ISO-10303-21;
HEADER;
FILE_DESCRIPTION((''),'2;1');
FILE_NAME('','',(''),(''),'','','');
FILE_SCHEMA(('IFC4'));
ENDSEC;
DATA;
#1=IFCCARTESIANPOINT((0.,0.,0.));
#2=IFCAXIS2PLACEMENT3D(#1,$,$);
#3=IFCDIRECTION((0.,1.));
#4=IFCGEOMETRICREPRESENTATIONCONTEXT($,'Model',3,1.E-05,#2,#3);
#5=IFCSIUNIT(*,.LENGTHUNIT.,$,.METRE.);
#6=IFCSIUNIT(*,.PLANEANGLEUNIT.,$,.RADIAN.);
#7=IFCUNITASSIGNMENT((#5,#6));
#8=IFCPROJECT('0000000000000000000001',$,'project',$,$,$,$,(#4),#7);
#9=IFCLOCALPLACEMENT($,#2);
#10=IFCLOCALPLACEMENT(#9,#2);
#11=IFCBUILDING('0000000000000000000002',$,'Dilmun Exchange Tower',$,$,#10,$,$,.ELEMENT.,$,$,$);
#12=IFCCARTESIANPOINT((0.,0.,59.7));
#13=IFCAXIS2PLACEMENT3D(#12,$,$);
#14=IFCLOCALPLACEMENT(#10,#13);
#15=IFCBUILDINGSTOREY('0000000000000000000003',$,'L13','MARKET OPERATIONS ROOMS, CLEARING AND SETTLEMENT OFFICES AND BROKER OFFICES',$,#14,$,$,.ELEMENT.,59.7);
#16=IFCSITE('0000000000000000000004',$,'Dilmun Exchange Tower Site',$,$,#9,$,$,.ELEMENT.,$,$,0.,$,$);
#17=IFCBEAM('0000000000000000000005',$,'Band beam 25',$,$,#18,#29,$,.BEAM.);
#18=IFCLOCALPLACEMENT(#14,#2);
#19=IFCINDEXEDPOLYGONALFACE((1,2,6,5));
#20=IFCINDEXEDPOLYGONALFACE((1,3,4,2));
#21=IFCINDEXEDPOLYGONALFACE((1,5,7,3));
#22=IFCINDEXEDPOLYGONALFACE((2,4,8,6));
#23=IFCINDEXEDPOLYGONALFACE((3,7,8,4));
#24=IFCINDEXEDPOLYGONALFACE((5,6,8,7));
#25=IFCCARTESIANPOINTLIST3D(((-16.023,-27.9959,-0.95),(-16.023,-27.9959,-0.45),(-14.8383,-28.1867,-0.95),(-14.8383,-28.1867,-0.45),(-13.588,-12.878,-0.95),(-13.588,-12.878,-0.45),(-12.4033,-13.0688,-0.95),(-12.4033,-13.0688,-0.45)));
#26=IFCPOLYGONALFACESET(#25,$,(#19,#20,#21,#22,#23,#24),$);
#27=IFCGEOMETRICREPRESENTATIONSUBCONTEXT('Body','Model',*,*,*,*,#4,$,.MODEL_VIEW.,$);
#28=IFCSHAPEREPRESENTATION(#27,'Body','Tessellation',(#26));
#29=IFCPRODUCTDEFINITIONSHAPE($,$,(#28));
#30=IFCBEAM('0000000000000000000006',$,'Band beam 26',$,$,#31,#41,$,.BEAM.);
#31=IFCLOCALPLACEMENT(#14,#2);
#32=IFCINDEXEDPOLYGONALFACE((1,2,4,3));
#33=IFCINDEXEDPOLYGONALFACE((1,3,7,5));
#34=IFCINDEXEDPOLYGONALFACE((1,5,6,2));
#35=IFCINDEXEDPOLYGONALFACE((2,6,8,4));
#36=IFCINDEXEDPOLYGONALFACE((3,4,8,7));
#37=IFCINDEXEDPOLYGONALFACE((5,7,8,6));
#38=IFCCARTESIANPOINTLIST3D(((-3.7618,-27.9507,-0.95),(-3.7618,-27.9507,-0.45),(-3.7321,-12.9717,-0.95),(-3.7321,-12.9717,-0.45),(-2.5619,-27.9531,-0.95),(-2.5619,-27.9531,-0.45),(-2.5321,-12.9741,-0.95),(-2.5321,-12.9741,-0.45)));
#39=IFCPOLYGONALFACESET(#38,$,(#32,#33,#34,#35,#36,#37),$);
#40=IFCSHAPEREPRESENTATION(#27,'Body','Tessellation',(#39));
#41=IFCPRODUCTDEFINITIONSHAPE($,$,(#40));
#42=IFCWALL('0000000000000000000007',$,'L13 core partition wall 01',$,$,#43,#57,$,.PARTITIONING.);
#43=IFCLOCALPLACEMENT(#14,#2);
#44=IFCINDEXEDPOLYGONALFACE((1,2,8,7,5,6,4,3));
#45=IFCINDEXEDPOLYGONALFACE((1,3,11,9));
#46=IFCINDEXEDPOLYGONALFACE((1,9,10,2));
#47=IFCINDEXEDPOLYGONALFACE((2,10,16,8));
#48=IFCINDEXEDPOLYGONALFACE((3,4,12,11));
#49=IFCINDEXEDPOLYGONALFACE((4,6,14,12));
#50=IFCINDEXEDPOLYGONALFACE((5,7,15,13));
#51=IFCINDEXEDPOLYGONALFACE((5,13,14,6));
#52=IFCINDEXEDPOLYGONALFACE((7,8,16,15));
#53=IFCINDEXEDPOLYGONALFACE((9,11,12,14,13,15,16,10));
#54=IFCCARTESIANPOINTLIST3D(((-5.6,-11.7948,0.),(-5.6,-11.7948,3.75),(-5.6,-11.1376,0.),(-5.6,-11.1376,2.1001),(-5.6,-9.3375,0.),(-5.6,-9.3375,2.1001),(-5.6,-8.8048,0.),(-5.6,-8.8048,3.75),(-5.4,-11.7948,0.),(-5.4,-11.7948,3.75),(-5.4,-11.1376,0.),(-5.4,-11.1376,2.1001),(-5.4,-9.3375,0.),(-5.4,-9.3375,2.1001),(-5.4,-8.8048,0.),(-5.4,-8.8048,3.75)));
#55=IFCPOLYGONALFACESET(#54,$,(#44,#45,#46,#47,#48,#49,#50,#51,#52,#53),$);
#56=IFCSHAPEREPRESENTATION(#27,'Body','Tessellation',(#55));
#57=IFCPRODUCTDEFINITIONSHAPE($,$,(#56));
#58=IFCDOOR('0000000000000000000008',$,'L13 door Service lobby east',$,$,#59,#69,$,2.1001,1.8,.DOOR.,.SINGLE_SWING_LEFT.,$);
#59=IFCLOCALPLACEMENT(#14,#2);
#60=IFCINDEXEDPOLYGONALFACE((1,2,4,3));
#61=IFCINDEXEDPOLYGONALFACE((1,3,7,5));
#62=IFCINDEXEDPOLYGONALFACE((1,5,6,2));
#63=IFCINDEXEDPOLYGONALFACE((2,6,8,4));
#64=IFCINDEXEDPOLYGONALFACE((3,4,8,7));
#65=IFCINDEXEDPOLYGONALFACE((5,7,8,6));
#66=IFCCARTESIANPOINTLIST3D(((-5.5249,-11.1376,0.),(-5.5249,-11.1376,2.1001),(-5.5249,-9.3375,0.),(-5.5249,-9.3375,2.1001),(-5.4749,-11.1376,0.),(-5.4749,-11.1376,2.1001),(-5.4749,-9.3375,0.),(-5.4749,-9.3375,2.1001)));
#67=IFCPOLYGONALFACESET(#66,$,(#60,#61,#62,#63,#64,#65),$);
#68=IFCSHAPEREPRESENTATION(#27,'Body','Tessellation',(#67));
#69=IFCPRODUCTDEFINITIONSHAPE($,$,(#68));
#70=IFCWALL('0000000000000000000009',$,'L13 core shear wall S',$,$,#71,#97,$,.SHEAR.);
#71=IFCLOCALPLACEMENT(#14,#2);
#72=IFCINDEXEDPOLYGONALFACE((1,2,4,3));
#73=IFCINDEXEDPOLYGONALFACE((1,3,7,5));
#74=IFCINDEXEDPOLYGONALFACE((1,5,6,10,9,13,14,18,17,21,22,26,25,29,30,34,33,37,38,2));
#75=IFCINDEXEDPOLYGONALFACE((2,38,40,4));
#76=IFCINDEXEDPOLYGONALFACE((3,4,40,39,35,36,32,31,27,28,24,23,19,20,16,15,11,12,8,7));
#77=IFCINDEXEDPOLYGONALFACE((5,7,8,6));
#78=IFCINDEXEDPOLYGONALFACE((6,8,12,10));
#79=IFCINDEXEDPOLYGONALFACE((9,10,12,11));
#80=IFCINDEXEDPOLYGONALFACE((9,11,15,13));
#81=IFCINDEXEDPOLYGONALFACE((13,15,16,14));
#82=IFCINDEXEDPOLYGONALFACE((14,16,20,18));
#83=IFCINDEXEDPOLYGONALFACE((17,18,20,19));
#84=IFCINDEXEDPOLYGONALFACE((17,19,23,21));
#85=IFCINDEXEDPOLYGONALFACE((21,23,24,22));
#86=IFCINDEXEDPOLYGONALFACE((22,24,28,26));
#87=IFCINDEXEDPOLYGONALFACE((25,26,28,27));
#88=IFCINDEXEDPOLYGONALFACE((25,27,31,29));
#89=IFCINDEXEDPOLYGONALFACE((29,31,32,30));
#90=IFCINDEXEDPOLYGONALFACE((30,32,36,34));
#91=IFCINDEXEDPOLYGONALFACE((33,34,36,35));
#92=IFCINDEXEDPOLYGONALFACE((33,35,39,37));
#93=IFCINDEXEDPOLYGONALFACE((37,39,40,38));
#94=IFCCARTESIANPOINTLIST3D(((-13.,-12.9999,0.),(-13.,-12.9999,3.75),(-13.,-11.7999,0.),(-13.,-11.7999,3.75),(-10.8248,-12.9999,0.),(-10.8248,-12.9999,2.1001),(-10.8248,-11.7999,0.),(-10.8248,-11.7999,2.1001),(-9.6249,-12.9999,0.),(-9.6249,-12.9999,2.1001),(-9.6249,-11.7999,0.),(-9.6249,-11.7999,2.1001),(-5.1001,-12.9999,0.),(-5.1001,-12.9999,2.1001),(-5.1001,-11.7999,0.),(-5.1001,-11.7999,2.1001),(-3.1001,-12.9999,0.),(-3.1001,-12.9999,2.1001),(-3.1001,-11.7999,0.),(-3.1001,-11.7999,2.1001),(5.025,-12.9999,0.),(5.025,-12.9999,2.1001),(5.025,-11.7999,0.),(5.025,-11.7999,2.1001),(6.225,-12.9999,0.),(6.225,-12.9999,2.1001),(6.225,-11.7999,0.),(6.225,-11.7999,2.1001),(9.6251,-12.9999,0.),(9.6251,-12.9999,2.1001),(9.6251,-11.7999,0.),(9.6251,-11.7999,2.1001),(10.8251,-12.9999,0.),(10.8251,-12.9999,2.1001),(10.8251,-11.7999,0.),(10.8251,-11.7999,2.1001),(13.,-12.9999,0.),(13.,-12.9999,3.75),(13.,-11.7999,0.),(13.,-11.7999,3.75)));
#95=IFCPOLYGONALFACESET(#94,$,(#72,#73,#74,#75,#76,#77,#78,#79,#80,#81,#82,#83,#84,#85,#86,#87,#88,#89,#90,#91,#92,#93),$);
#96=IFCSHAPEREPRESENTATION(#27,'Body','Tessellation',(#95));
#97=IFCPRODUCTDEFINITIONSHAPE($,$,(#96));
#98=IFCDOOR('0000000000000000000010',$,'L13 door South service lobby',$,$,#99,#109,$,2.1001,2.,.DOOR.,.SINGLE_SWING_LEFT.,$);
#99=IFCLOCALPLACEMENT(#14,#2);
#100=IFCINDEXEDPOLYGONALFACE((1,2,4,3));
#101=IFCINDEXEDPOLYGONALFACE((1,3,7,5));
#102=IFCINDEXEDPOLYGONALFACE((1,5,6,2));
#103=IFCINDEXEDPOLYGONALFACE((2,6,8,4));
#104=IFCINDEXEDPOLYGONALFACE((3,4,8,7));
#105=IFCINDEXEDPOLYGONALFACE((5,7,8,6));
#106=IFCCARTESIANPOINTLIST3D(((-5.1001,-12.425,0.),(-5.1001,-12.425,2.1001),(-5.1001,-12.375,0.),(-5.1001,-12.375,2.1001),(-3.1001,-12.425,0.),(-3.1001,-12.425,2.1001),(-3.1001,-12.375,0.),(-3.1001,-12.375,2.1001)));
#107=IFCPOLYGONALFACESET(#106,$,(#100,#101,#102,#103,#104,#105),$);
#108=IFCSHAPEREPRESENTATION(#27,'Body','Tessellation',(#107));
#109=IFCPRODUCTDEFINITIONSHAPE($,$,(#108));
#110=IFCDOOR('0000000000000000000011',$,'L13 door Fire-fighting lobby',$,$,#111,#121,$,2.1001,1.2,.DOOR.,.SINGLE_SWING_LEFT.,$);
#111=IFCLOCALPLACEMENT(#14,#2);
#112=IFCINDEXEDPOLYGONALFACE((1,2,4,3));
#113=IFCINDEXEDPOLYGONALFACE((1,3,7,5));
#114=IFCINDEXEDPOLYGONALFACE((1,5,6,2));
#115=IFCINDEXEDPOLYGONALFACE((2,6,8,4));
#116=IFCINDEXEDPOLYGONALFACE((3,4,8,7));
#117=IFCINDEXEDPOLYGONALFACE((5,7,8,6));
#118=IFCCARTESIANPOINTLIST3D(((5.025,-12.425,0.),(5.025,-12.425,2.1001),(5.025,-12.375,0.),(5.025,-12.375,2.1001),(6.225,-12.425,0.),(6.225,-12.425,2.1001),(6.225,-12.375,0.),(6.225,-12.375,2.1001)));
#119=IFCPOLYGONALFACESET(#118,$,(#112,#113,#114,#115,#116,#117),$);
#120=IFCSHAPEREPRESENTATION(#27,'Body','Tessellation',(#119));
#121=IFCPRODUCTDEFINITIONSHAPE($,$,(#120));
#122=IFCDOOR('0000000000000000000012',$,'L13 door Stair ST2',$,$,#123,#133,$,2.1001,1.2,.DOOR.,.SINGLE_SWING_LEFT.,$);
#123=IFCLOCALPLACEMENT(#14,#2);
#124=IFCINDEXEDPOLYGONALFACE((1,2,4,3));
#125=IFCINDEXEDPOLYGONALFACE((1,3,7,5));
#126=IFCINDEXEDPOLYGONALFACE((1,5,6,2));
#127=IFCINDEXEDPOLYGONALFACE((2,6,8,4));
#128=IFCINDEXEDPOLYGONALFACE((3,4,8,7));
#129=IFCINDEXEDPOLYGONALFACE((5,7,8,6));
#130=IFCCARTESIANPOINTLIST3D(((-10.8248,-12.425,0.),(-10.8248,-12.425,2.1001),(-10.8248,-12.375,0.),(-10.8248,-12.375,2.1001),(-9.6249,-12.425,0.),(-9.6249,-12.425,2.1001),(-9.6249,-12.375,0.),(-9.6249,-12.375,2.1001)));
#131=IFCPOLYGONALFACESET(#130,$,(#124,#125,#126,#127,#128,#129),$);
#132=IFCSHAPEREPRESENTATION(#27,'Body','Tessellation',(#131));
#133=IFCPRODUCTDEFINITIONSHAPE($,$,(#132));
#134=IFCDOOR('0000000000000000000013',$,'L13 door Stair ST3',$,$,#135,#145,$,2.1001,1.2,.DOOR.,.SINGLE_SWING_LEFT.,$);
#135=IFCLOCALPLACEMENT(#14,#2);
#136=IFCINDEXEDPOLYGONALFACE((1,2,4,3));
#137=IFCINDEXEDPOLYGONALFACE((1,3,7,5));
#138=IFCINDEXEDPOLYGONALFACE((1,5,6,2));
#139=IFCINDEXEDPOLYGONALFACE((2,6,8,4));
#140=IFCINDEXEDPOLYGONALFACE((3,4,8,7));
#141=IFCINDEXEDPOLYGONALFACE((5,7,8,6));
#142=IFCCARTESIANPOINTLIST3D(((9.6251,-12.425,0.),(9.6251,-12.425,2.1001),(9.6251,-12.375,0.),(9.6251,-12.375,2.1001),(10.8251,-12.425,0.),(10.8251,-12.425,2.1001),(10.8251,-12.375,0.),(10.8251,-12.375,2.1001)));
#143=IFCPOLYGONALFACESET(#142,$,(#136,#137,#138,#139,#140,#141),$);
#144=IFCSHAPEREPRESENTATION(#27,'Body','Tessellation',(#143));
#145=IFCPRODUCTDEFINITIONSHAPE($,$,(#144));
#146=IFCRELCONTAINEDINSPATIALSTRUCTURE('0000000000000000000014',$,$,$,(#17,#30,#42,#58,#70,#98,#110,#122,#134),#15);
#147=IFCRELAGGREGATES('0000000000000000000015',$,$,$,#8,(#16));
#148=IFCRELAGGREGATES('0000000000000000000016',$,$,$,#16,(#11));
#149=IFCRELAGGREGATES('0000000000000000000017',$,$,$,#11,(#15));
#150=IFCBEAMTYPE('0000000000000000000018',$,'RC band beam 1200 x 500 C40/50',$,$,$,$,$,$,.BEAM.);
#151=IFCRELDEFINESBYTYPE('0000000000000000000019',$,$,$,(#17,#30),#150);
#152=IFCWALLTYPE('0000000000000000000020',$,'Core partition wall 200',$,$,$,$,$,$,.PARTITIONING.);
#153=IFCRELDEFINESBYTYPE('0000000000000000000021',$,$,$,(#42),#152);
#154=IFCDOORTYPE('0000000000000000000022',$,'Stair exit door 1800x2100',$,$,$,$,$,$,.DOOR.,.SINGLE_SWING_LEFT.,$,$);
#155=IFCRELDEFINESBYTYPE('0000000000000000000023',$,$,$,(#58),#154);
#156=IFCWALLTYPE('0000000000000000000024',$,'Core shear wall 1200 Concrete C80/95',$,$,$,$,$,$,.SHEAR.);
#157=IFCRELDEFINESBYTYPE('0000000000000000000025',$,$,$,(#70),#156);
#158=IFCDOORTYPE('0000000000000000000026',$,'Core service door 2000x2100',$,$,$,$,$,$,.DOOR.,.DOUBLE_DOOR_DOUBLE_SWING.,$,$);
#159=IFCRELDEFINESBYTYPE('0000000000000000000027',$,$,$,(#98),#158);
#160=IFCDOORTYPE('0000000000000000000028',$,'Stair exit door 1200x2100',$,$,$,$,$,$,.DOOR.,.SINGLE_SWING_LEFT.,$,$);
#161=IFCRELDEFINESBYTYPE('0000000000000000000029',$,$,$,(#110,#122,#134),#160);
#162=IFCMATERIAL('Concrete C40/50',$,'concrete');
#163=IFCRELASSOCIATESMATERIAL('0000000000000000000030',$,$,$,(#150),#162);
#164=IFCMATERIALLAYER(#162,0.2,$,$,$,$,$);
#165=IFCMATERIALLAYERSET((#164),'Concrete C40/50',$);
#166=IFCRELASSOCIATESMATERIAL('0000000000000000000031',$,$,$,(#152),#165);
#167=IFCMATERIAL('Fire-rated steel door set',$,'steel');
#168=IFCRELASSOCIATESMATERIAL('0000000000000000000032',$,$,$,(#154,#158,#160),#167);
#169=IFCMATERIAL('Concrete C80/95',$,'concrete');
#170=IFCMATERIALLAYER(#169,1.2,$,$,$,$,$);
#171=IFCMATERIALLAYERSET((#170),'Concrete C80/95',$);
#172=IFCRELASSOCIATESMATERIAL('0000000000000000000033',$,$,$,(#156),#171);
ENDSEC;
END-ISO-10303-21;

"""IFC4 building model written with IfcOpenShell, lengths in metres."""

from ifc_helpers import new_model, si_unit, direction, frame, frame_2d, origin, origin_2d, place, context, subcontext, project, spatial, rectangle, extrude, material, layer, layer_set, material_profile, profile_set, type_object, element, fill, save


model = new_model("IFC4")

# Units and contexts
model_context = context("Model", 3, precision=1e-05, world=origin(), true_north=direction((0.0, 1.0)))
body_context = subcontext(model_context, "Body", "Model", "MODEL_VIEW")
ifc_project = project(units=[si_unit("LENGTHUNIT", "METRE"), si_unit("PLANEANGLEUNIT", "RADIAN")], contexts=[model_context])

# Site, building, storey
site_placement = place(None, origin())
site = spatial("IfcSite", under=ifc_project, at=site_placement, Name="Dilmun Exchange Tower Site", CompositionType="ELEMENT", RefElevation=0.0)
building_placement = place(site_placement, origin())
building = spatial("IfcBuilding", under=site, at=building_placement, Name="Dilmun Exchange Tower", CompositionType="ELEMENT")
storey_placement = place(building_placement, frame((0.0, 0.0, 59.7)))
storey = spatial("IfcBuildingStorey", under=building, at=storey_placement, Name="L13", Description="MARKET OPERATIONS ROOMS, CLEARING AND SETTLEMENT OFFICES AND BROKER OFFICES", CompositionType="ELEMENT", Elevation=59.7)

# Beams
ifc_material_1 = material(Name="Concrete C40/50", Category="concrete")
ifc_material_profile = material_profile(ifc_material_1, rectangle(XDim=1.2, YDim=0.5, at=origin_2d()), Name="1200 x 500")
ifc_profile_set = profile_set([ifc_material_profile], Name="Concrete C40/50")
beam_type = type_object("IfcBeamType", Name="RC band beam 1200 x 500 C40/50", PredefinedType="BEAM", material=ifc_profile_set)
beam_1_placement = place(storey_placement, frame((-15.4307, -28.0913, -0.7), z_axis=(0.159021, 0.987275, 0.0), x_axis=(-0.987275, 0.159021, 0.0)))
element("IfcBeam", 1, at=beam_1_placement, inside=storey, type_object=beam_type, Name="Band beam 25", PredefinedType="BEAM", context=body_context, shape_type="SweptSolid", body=[
    extrude(rectangle(XDim=1.2, YDim=0.5, at=origin_2d()), origin(), (0.0, 0.0, 1.0), 15.3127),
])
beam_2_placement = place(storey_placement, frame((-3.1619, -27.9519, -0.7), z_axis=(0.001988, 0.999998, 0.0), x_axis=(-0.999998, 0.001988, 0.0)))
element("IfcBeam", 2, at=beam_2_placement, inside=storey, type_object=beam_type, Name="Band beam 26", PredefinedType="BEAM", context=body_context, shape_type="SweptSolid", body=[
    extrude(rectangle(XDim=1.2, YDim=0.5, at=origin_2d()), origin(), (0.0, 0.0, 1.0), 14.979),
])

# Wall, opening, door
ifc_layer_1 = layer(ifc_material_1, 0.2)
ifc_layer_set_1 = layer_set([ifc_layer_1], Name="Concrete C40/50")
wall_type_1 = type_object("IfcWallType", Name="Core partition wall 200", PredefinedType="PARTITIONING", material=ifc_layer_set_1)
wall_1_placement = place(storey_placement, frame((-5.5, -11.7949, 0.0), z_axis=(0.0, 0.0, 1.0), x_axis=(0.0, 1.0, 0.0)))
wall_1 = element("IfcWall", 3, at=wall_1_placement, inside=storey, type_object=wall_type_1, Name="L13 core partition wall 01", PredefinedType="PARTITIONING", context=body_context, shape_type="SweptSolid", body=[
    extrude(rectangle(XDim=2.99, YDim=0.2, at=frame_2d((1.4951, 0.0))), origin(), (0.0, 0.0, 1.0), 3.75),
])
opening_1_placement = place(wall_1_placement, frame((0.6575, 0.0, 0.0)))
opening_1 = element("IfcOpeningElement", 4, at=opening_1_placement, cuts=wall_1, PredefinedType="OPENING", context=body_context, shape_type="SweptSolid", body=[
    extrude(rectangle(XDim=1.8, YDim=2.1001, at=frame_2d((0.8999, 1.05))), frame((0.0, 0.1099, 0.0), z_axis=(0.0, -1.0, 0.0), x_axis=(1.0, 0.0, 0.0)), (0.0, 0.0, 1.0), 0.22),
])
ifc_material_2 = material(Name="Fire-rated steel door set", Category="steel")
door_type_1 = type_object("IfcDoorType", Name="Stair exit door 1800x2100", OperationType="SINGLE_SWING_LEFT", PredefinedType="DOOR", material=ifc_material_2)
door_1_placement = place(opening_1_placement, origin())
door_1 = element("IfcDoor", 5, at=door_1_placement, inside=storey, type_object=door_type_1, Name="L13 door Service lobby east", OperationType="SINGLE_SWING_LEFT", OverallHeight=2.1001, OverallWidth=1.8, PredefinedType="DOOR", context=body_context, shape_type="SweptSolid", body=[
    extrude(rectangle(XDim=1.8, YDim=2.1001, at=frame_2d((0.8999, 1.05))), frame((0.0, 0.0249, 0.0), z_axis=(0.0, -1.0, 0.0), x_axis=(1.0, 0.0, 0.0)), (0.0, 0.0, 1.0), 0.05),
])
fill(opening_1, door_1)

# Wall, openings, doors
ifc_material_3 = material(Name="Concrete C80/95", Category="concrete")
ifc_layer_2 = layer(ifc_material_3, 1.2)
ifc_layer_set_2 = layer_set([ifc_layer_2], Name="Concrete C80/95")
wall_type_2 = type_object("IfcWallType", Name="Core shear wall 1200 Concrete C80/95", PredefinedType="SHEAR", material=ifc_layer_set_2)
wall_2_placement = place(storey_placement, frame((-13.0, -12.3999, 0.0), z_axis=(0.0, 0.0, 1.0), x_axis=(1.0, 0.0, 0.0)))
wall_2 = element("IfcWall", 6, at=wall_2_placement, inside=storey, type_object=wall_type_2, Name="L13 core shear wall S", PredefinedType="SHEAR", context=body_context, shape_type="SweptSolid", body=[
    extrude(rectangle(XDim=26.0, YDim=1.2, at=frame_2d((13.0, 0.0))), origin(), (0.0, 0.0, 1.0), 3.75),
])
opening_2_placement = place(wall_2_placement, frame((7.8999, 0.0, 0.0)))
opening_2 = element("IfcOpeningElement", 7, at=opening_2_placement, cuts=wall_2, PredefinedType="OPENING", context=body_context, shape_type="SweptSolid", body=[
    extrude(rectangle(XDim=2.0, YDim=2.1001, at=frame_2d((1.0, 1.05))), frame((0.0, 0.6099, 0.0), z_axis=(0.0, -1.0, 0.0), x_axis=(1.0, 0.0, 0.0)), (0.0, 0.0, 1.0), 1.22),
])
opening_3_placement = place(wall_2_placement, frame((18.0249, 0.0, 0.0)))
opening_3 = element("IfcOpeningElement", 8, at=opening_3_placement, cuts=wall_2, PredefinedType="OPENING", context=body_context, shape_type="SweptSolid", body=[
    extrude(rectangle(XDim=1.2, YDim=2.1001, at=frame_2d((0.6001, 1.05))), frame((0.0, 0.6099, 0.0), z_axis=(0.0, -1.0, 0.0), x_axis=(1.0, 0.0, 0.0)), (0.0, 0.0, 1.0), 1.22),
])
opening_4_placement = place(wall_2_placement, frame((2.175, 0.0, 0.0)))
opening_4 = element("IfcOpeningElement", 9, at=opening_4_placement, cuts=wall_2, PredefinedType="OPENING", context=body_context, shape_type="SweptSolid", body=[
    extrude(rectangle(XDim=1.2, YDim=2.1001, at=frame_2d((0.6001, 1.05))), frame((0.0, 0.6099, 0.0), z_axis=(0.0, -1.0, 0.0), x_axis=(1.0, 0.0, 0.0)), (0.0, 0.0, 1.0), 1.22),
])
opening_5_placement = place(wall_2_placement, frame((22.625, 0.0, 0.0)))
opening_5 = element("IfcOpeningElement", 10, at=opening_5_placement, cuts=wall_2, PredefinedType="OPENING", context=body_context, shape_type="SweptSolid", body=[
    extrude(rectangle(XDim=1.2, YDim=2.1001, at=frame_2d((0.6001, 1.05))), frame((0.0, 0.6099, 0.0), z_axis=(0.0, -1.0, 0.0), x_axis=(1.0, 0.0, 0.0)), (0.0, 0.0, 1.0), 1.22),
])
door_type_2 = type_object("IfcDoorType", Name="Core service door 2000x2100", OperationType="DOUBLE_DOOR_DOUBLE_SWING", PredefinedType="DOOR", material=ifc_material_2)
door_2_placement = place(opening_2_placement, origin())
door_2 = element("IfcDoor", 11, at=door_2_placement, inside=storey, type_object=door_type_2, Name="L13 door South service lobby", OperationType="SINGLE_SWING_LEFT", OverallHeight=2.1001, OverallWidth=2.0, PredefinedType="DOOR", context=body_context, shape_type="SweptSolid", body=[
    extrude(rectangle(XDim=2.0, YDim=2.1001, at=frame_2d((1.0, 1.05))), frame((0.0, 0.0249, 0.0), z_axis=(0.0, -1.0, 0.0), x_axis=(1.0, 0.0, 0.0)), (0.0, 0.0, 1.0), 0.05),
])
fill(opening_2, door_2)
door_type_3 = type_object("IfcDoorType", Name="Stair exit door 1200x2100", OperationType="SINGLE_SWING_LEFT", PredefinedType="DOOR", material=ifc_material_2)
door_3_placement = place(opening_3_placement, origin())
door_3 = element("IfcDoor", 12, at=door_3_placement, inside=storey, type_object=door_type_3, Name="L13 door Fire-fighting lobby", OperationType="SINGLE_SWING_LEFT", OverallHeight=2.1001, OverallWidth=1.2, PredefinedType="DOOR", context=body_context, shape_type="SweptSolid", body=[
    extrude(rectangle(XDim=1.2, YDim=2.1001, at=frame_2d((0.6001, 1.05))), frame((0.0, 0.0249, 0.0), z_axis=(0.0, -1.0, 0.0), x_axis=(1.0, 0.0, 0.0)), (0.0, 0.0, 1.0), 0.05),
])
fill(opening_3, door_3)
door_4_placement = place(opening_4_placement, origin())
door_4 = element("IfcDoor", 13, at=door_4_placement, inside=storey, type_object=door_type_3, Name="L13 door Stair ST2", OperationType="SINGLE_SWING_LEFT", OverallHeight=2.1001, OverallWidth=1.2, PredefinedType="DOOR", context=body_context, shape_type="SweptSolid", body=[
    extrude(rectangle(XDim=1.2, YDim=2.1001, at=frame_2d((0.6001, 1.05))), frame((0.0, 0.0249, 0.0), z_axis=(0.0, -1.0, 0.0), x_axis=(1.0, 0.0, 0.0)), (0.0, 0.0, 1.0), 0.05),
])
fill(opening_4, door_4)
door_5_placement = place(opening_5_placement, origin())
door_5 = element("IfcDoor", 14, at=door_5_placement, inside=storey, type_object=door_type_3, Name="L13 door Stair ST3", OperationType="SINGLE_SWING_LEFT", OverallHeight=2.1001, OverallWidth=1.2, PredefinedType="DOOR", context=body_context, shape_type="SweptSolid", body=[
    extrude(rectangle(XDim=1.2, YDim=2.1001, at=frame_2d((0.6001, 1.05))), frame((0.0, 0.0249, 0.0), z_axis=(0.0, -1.0, 0.0), x_axis=(1.0, 0.0, 0.0)), (0.0, 0.0, 1.0), 0.05),
])
fill(opening_5, door_5)

save(model, "model.ifc")
